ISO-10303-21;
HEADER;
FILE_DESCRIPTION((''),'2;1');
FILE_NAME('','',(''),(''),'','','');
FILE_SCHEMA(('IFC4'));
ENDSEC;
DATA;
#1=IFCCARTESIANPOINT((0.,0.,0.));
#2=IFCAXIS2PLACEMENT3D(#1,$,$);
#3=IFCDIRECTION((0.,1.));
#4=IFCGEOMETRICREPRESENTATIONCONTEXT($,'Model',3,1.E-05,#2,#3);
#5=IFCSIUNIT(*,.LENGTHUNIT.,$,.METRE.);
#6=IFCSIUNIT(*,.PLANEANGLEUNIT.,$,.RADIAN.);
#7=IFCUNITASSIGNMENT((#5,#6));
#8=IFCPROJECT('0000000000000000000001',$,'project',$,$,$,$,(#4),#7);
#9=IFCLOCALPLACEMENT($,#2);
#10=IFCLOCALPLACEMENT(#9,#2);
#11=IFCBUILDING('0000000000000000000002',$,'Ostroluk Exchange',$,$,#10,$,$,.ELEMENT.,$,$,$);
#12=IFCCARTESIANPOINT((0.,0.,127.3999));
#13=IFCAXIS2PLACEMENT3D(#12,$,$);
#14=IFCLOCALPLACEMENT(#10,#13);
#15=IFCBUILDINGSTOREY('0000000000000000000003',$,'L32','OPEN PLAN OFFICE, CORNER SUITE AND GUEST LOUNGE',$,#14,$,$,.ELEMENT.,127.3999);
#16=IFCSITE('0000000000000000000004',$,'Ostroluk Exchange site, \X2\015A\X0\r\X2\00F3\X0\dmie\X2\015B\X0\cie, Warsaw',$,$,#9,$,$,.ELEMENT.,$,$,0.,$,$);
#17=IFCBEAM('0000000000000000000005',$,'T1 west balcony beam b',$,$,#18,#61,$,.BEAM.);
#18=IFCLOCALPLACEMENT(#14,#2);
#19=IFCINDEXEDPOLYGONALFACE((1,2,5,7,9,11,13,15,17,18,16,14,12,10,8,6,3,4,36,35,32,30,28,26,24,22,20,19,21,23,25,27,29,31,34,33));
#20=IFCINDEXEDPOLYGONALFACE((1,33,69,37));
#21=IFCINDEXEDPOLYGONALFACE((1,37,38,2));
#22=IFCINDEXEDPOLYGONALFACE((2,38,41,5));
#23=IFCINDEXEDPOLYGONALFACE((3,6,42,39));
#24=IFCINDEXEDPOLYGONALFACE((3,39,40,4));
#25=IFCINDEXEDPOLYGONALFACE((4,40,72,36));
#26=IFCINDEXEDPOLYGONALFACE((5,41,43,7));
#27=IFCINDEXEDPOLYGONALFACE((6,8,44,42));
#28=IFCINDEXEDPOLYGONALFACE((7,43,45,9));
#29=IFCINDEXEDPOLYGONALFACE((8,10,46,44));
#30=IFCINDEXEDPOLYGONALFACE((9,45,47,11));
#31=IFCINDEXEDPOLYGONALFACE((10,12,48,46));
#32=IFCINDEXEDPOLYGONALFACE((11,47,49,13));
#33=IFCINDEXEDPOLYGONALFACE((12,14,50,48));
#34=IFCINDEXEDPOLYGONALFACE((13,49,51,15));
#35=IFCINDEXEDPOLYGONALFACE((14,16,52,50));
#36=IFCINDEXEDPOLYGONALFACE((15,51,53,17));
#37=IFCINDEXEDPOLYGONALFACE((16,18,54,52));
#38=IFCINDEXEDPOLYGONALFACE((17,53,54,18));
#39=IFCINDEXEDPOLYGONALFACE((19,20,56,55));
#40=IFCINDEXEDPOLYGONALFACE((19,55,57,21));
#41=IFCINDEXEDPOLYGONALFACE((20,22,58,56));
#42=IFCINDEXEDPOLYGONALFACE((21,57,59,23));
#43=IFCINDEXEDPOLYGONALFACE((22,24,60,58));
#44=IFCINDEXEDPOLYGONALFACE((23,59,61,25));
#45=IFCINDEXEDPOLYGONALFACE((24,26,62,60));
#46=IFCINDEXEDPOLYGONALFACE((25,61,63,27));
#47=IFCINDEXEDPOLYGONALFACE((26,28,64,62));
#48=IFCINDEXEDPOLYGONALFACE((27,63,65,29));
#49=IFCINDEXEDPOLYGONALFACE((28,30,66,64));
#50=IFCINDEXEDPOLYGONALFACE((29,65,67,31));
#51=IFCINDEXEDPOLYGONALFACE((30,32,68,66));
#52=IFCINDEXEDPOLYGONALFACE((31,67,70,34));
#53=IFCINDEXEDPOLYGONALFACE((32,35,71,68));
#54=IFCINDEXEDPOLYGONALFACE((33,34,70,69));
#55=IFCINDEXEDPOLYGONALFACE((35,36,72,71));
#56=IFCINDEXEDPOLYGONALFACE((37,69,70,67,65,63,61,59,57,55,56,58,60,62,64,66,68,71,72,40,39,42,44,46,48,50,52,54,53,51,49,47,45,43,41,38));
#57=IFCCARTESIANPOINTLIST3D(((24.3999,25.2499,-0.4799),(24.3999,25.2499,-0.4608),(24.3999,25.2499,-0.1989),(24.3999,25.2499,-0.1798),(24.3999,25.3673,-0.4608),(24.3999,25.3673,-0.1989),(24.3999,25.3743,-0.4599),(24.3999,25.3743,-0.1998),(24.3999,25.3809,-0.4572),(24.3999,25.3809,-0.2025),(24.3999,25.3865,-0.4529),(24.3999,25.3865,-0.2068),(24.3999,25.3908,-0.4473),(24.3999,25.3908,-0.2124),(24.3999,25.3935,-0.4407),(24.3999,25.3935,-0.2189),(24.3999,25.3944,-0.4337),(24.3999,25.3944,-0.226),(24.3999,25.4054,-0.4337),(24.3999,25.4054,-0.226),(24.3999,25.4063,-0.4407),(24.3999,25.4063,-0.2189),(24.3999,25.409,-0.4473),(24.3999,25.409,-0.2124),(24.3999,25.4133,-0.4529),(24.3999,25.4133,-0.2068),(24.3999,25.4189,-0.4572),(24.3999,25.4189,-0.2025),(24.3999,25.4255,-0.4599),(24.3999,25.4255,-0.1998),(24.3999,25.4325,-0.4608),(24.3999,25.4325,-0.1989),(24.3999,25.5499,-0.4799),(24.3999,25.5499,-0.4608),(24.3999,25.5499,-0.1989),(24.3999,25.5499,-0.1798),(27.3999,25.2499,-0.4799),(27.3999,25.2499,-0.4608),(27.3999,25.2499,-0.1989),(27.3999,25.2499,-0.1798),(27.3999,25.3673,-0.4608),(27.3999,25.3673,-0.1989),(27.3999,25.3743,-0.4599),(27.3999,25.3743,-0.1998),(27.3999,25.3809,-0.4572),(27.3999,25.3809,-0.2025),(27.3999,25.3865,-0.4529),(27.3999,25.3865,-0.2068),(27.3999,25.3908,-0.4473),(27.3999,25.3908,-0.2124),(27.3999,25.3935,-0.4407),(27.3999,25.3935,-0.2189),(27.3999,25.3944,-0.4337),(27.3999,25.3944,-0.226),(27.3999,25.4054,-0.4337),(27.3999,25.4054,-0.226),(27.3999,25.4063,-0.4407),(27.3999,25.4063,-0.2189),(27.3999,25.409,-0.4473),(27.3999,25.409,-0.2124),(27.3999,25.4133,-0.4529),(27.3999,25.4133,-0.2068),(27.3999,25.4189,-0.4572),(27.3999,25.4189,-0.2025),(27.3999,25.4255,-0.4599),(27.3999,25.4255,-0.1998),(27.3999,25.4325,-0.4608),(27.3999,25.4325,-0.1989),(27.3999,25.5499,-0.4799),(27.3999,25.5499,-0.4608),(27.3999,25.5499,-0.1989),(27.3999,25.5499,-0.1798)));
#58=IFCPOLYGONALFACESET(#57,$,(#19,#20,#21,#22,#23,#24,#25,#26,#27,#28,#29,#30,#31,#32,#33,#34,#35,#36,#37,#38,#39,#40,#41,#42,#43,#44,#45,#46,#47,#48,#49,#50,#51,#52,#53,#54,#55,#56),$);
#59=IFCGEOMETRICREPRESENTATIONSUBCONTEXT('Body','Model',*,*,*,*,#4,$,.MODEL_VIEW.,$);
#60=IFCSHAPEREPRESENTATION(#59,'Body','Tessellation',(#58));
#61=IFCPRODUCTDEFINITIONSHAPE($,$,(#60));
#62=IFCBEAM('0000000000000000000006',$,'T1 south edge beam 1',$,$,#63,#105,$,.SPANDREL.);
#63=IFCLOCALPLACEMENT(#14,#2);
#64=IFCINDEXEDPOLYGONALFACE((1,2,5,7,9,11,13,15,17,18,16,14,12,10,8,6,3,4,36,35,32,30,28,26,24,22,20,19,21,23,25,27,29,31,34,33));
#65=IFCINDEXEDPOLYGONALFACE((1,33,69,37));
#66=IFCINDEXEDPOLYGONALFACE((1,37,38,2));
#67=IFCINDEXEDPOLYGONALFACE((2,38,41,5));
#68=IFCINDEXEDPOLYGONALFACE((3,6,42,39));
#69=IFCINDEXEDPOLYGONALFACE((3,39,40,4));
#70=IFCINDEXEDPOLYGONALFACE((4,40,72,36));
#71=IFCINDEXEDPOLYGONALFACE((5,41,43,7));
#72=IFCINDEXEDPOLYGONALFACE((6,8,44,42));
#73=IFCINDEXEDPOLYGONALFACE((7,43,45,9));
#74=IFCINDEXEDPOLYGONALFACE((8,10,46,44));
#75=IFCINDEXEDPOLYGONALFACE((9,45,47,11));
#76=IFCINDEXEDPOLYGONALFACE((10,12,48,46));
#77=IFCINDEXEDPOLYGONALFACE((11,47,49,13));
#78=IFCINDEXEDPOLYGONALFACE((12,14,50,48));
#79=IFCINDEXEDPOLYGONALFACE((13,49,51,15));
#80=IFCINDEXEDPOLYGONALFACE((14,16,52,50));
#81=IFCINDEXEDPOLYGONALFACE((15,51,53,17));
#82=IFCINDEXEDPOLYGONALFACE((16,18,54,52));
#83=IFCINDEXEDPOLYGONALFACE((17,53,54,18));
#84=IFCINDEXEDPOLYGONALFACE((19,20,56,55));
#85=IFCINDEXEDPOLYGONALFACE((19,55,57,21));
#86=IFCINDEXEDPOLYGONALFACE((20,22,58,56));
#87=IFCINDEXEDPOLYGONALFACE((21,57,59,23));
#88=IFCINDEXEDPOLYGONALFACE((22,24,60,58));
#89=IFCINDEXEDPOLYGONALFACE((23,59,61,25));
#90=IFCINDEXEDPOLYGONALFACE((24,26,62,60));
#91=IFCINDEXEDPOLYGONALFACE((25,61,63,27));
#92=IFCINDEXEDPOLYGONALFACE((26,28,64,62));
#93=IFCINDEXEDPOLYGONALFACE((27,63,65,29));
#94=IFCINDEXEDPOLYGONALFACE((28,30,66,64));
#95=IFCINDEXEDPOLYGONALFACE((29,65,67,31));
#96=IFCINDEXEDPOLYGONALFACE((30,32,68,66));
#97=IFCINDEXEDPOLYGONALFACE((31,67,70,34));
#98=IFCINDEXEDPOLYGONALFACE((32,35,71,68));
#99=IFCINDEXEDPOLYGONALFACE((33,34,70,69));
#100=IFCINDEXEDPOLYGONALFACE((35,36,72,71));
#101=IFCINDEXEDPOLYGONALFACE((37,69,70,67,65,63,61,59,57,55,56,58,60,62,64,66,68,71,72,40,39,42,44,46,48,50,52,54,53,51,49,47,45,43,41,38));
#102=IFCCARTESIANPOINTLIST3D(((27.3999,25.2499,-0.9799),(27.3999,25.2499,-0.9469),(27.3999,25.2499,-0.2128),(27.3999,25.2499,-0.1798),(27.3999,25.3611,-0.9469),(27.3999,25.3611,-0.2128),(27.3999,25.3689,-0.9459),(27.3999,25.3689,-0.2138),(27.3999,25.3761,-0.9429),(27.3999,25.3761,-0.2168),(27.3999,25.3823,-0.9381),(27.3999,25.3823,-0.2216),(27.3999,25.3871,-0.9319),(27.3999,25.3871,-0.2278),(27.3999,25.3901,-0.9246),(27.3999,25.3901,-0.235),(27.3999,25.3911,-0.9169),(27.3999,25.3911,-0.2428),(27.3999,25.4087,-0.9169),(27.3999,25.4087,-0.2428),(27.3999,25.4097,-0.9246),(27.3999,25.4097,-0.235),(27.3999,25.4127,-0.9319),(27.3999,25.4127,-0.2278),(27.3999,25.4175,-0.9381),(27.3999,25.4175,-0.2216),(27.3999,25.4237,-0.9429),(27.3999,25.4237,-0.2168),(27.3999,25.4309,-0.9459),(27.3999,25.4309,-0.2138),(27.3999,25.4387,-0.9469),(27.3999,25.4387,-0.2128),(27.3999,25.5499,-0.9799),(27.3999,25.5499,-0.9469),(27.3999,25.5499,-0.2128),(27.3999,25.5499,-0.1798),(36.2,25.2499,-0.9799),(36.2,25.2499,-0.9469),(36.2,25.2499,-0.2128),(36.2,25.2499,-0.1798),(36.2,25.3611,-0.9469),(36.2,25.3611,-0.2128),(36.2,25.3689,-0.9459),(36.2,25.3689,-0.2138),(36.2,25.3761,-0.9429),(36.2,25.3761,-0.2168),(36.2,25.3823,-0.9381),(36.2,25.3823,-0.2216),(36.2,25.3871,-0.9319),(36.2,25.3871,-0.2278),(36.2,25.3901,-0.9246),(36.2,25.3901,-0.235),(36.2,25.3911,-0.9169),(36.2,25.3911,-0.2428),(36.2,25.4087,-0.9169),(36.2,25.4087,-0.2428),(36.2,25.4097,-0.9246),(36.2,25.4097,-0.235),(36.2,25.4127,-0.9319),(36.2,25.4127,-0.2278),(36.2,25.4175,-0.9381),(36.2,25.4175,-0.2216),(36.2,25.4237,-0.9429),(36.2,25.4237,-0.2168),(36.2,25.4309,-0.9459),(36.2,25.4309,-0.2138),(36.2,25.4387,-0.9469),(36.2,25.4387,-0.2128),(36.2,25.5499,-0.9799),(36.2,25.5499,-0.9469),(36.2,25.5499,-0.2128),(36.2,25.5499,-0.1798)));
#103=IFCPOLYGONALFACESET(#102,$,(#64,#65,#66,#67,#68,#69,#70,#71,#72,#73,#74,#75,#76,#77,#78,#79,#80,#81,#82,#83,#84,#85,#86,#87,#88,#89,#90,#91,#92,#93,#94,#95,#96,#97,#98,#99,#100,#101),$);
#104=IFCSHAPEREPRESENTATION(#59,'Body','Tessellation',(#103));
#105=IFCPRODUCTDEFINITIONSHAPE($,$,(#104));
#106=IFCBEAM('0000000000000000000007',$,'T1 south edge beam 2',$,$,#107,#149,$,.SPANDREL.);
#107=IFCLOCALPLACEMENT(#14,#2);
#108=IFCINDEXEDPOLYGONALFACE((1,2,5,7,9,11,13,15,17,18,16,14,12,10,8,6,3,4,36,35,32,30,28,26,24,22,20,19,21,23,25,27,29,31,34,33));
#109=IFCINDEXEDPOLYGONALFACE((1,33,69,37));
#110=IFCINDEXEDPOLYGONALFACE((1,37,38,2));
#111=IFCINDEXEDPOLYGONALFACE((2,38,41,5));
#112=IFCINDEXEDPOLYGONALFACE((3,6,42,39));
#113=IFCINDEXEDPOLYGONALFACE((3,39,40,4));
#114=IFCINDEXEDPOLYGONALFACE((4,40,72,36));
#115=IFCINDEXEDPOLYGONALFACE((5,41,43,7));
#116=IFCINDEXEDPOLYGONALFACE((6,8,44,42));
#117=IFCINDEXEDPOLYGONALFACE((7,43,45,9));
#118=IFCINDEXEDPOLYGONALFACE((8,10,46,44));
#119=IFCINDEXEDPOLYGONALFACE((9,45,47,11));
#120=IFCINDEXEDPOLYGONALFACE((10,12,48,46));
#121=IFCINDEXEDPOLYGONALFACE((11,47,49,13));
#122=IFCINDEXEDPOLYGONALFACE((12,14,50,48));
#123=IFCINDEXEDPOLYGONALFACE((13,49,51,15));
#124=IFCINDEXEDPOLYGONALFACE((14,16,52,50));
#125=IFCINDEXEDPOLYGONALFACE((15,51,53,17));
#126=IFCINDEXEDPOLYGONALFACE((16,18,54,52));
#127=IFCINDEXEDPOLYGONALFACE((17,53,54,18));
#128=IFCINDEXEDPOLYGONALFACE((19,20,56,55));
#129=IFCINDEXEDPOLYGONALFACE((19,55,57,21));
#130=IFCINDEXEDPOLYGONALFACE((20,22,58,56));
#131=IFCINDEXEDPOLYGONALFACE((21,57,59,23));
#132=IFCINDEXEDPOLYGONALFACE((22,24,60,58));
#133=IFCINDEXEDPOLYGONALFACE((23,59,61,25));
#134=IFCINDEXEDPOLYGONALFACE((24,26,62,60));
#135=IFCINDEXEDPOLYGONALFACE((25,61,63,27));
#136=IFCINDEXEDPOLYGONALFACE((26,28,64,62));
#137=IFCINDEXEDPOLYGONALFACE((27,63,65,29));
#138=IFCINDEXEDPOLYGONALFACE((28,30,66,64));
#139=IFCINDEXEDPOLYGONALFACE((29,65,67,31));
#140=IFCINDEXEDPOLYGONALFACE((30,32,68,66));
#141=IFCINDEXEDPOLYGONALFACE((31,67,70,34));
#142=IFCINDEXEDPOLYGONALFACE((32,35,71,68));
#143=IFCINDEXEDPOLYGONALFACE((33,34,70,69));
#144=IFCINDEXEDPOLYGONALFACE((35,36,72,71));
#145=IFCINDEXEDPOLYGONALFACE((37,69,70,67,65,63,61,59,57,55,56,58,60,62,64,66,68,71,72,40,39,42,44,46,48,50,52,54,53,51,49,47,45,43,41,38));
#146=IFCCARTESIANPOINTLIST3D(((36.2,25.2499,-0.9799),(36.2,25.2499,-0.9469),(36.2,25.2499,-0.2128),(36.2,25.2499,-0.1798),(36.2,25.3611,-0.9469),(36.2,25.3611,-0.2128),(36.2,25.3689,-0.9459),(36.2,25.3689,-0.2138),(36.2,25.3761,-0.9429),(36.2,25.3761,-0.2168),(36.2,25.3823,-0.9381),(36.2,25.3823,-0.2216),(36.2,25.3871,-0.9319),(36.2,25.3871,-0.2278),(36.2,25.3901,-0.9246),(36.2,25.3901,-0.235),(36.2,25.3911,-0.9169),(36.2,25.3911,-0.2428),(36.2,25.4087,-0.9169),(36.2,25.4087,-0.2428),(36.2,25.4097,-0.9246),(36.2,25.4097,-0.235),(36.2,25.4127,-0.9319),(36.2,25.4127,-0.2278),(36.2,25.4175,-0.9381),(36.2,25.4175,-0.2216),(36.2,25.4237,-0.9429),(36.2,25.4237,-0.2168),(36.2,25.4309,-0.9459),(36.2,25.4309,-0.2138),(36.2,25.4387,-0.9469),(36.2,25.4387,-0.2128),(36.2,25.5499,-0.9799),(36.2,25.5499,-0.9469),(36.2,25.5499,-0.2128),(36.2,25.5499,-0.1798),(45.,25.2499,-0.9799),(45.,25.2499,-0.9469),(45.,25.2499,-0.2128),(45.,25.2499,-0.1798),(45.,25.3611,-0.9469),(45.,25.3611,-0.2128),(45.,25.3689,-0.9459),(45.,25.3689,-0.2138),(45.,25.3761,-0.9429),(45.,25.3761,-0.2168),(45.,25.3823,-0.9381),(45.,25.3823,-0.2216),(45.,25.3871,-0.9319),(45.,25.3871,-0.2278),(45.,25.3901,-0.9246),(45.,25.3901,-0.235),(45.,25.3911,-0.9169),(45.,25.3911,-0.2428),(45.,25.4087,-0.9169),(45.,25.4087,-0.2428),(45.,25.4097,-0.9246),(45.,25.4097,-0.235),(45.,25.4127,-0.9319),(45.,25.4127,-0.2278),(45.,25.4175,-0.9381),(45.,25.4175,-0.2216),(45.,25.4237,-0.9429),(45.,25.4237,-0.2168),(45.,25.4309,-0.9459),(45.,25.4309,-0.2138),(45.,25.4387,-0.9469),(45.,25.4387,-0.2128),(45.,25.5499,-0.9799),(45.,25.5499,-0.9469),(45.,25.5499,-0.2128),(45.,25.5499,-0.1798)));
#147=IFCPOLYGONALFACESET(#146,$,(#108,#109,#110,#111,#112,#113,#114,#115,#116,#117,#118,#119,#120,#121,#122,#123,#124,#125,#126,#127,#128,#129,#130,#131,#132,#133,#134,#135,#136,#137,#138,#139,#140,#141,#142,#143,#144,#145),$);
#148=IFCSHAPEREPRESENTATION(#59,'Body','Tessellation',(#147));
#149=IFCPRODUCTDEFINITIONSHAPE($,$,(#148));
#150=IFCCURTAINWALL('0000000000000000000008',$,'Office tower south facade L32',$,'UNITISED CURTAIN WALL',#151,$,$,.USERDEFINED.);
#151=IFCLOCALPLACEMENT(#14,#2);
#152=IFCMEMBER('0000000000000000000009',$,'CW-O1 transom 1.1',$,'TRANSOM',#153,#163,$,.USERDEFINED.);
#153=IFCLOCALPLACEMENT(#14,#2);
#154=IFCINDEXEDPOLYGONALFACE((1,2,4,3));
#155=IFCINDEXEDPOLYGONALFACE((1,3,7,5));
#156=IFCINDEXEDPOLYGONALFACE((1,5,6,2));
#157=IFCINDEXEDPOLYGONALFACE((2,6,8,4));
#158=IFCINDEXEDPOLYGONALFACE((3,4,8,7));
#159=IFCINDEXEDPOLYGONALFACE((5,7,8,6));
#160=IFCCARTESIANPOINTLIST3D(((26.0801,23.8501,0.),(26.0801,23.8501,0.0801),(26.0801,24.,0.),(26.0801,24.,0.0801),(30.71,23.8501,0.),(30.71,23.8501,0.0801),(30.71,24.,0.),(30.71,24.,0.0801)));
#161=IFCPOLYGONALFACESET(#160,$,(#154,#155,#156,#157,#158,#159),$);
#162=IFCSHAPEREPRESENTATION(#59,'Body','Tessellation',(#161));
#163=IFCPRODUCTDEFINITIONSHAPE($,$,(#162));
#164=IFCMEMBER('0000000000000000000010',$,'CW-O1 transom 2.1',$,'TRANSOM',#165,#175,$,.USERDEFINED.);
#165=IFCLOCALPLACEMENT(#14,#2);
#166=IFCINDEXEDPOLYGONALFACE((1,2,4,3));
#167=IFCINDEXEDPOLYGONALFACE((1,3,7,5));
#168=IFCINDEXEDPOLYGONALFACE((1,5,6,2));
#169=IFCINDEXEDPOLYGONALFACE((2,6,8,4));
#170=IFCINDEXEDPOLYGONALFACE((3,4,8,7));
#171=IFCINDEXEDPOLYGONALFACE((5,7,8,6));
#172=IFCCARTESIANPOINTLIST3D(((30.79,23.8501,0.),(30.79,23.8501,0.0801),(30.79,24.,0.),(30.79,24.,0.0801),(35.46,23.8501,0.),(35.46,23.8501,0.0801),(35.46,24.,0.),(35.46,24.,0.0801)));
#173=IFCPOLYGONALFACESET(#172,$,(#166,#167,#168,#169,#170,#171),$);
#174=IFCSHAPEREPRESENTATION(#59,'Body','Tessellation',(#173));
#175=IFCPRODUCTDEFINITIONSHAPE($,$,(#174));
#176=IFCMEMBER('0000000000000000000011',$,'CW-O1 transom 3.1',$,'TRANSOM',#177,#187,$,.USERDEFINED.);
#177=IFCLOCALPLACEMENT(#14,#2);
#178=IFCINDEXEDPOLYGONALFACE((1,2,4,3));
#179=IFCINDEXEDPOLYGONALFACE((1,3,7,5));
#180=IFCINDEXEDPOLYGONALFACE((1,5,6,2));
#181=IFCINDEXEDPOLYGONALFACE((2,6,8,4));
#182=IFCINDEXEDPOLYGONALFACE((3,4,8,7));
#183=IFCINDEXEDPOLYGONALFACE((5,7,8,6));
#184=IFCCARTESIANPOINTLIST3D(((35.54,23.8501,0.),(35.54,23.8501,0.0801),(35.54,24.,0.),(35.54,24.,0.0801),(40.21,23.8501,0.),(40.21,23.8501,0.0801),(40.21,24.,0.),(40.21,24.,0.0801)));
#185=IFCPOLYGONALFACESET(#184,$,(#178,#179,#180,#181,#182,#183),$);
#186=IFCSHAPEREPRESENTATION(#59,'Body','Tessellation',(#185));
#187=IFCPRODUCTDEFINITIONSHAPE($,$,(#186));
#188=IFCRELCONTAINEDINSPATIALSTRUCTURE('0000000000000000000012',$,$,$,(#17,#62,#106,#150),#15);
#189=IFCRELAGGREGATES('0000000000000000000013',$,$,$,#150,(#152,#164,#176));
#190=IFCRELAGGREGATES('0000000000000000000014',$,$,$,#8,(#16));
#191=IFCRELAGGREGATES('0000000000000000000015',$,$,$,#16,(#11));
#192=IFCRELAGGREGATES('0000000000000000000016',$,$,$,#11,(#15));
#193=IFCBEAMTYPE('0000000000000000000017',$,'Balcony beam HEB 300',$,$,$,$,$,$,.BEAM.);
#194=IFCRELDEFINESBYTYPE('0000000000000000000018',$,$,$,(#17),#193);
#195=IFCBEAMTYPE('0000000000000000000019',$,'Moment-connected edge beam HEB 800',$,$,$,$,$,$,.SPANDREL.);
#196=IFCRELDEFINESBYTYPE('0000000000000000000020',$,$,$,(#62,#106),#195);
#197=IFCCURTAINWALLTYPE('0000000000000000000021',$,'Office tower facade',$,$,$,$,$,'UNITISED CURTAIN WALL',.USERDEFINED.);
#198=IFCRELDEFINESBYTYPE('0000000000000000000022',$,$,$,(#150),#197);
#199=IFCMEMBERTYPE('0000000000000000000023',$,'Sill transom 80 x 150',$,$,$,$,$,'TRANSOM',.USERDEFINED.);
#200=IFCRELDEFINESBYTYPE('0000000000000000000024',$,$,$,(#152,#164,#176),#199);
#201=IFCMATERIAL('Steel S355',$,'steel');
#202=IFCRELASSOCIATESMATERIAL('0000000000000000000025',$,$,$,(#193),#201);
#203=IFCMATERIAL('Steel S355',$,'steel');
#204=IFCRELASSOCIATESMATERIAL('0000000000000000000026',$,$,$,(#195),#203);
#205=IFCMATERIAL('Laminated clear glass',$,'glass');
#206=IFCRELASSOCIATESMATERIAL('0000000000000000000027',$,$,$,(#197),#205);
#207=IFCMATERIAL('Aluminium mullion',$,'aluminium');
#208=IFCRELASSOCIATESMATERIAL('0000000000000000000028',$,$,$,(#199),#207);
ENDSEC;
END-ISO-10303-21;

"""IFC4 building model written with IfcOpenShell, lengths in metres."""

from ifc_helpers import new_model, si_unit, direction, frame, origin, origin_2d, place, context, subcontext, project, spatial, rectangle, i_section, extrude, material, material_profile, profile_set, type_object, element, aggregate, save


model = new_model("IFC4")

# Units and contexts
model_context = context("Model", 3, precision=1e-05, world=origin(), true_north=direction((0.0, 1.0)))
body_context = subcontext(model_context, "Body", "Model", "MODEL_VIEW")
ifc_project = project(units=[si_unit("LENGTHUNIT", "METRE"), si_unit("PLANEANGLEUNIT", "RADIAN")], contexts=[model_context])

# Site, building, storey
site_placement = place(None, origin())
site = spatial("IfcSite", under=ifc_project, at=site_placement, Name="Ostroluk Exchange site, Śródmieście, Warsaw", CompositionType="ELEMENT", RefElevation=0.0)
building_placement = place(site_placement, origin())
building = spatial("IfcBuilding", under=site, at=building_placement, Name="Ostroluk Exchange", CompositionType="ELEMENT")
storey_placement = place(building_placement, frame((0.0, 0.0, 127.3999)))
storey = spatial("IfcBuildingStorey", under=building, at=storey_placement, Name="L32", Description="OPEN PLAN OFFICE, CORNER SUITE AND GUEST LOUNGE", CompositionType="ELEMENT", Elevation=127.3999)

# Beams
ifc_material_1 = material(Name="Steel S355", Category="steel")
ifc_material_profile_1 = material_profile(ifc_material_1, i_section(OverallWidth=0.3, OverallDepth=0.3, WebThickness=0.011, FlangeThickness=0.019, FilletRadius=0.0271, at=origin_2d()), Name="HEB 300")
ifc_profile_set_1 = profile_set([ifc_material_profile_1], Name="Steel S355")
beam_type_1 = type_object("IfcBeamType", Name="Balcony beam HEB 300", PredefinedType="BEAM", material=ifc_profile_set_1)
beam_placement = place(storey_placement, frame((27.3999, 25.3999, -0.3298), z_axis=(-1.0, 0.0, 0.0), x_axis=(0.0, -1.0, 0.0)))
element("IfcBeam", 1, at=beam_placement, inside=storey, type_object=beam_type_1, Name="T1 west balcony beam b", PredefinedType="BEAM", context=body_context, shape_type="SweptSolid", body=[
    extrude(i_section(OverallWidth=0.3, OverallDepth=0.3, WebThickness=0.011, FlangeThickness=0.019, FilletRadius=0.0271, at=origin_2d()), origin(), (0.0, 0.0, 1.0), 3.0),
])
ifc_material_2 = material(Name="Steel S355", Category="steel")
ifc_material_profile_2 = material_profile(ifc_material_2, i_section(OverallWidth=0.3, OverallDepth=0.8, WebThickness=0.0176, FlangeThickness=0.033, FilletRadius=0.03, at=origin_2d()), Name="HEB 800")
ifc_profile_set_2 = profile_set([ifc_material_profile_2], Name="Steel S355")
beam_type_2 = type_object("IfcBeamType", Name="Moment-connected edge beam HEB 800", PredefinedType="SPANDREL", material=ifc_profile_set_2)
for number, where, z_axis, x_axis, name in (
    (2, (27.3999, 25.3999, -0.5798), (1.0, 0.0, 0.0), (0.0, 1.0, 0.0), "T1 south edge beam 1"),
    (3, (36.2, 25.3999, -0.5798), (1.0, 0.0, 0.0), (0.0, 1.0, 0.0), "T1 south edge beam 2"),
):
    element("IfcBeam", number, at=place(storey_placement, frame(where, z_axis=z_axis, x_axis=x_axis)), inside=storey, type_object=beam_type_2, Name=name, PredefinedType="SPANDREL", context=body_context, shape_type="SweptSolid", body=[
        extrude(i_section(OverallWidth=0.3, OverallDepth=0.8, WebThickness=0.0176, FlangeThickness=0.033, FilletRadius=0.03, at=origin_2d()), origin(), (0.0, 0.0, 1.0), 8.8),
    ])

# Curtain wall, members
ifc_material_3 = material(Name="Laminated clear glass", Category="glass")
curtain_wall_type = type_object("IfcCurtainWallType", Name="Office tower facade", ElementType="UNITISED CURTAIN WALL", PredefinedType="USERDEFINED", material=ifc_material_3)
curtain_wall_placement = place(storey_placement, origin())
curtain_wall = element("IfcCurtainWall", 4, at=curtain_wall_placement, inside=storey, type_object=curtain_wall_type, Name="Office tower south facade L32", ObjectType="UNITISED CURTAIN WALL", PredefinedType="USERDEFINED")
ifc_material_4 = material(Name="Aluminium mullion", Category="aluminium")
ifc_material_profile_3 = material_profile(ifc_material_4, rectangle(XDim=0.1499, YDim=0.0801, at=origin_2d()), Name="Sill transom 80 x 150")
ifc_profile_set_3 = profile_set([ifc_material_profile_3], Name="Aluminium mullion")
member_type_1 = type_object("IfcMemberType", Name="Sill transom 80 x 150", ElementType="TRANSOM", PredefinedType="USERDEFINED", material=ifc_profile_set_3)
member_1_placement = place(storey_placement, frame((26.0801, 23.925, 0.04), z_axis=(1.0, 0.0, 0.0), x_axis=(0.0, 1.0, 0.0)))
member_1 = element("IfcMember", 5, at=member_1_placement, type_object=member_type_1, Name="CW-O1 transom 1.1", ObjectType="TRANSOM", PredefinedType="USERDEFINED", context=body_context, shape_type="SweptSolid", body=[
    extrude(rectangle(XDim=0.1499, YDim=0.0801, at=origin_2d()), origin(), (0.0, 0.0, 1.0), 4.6299),
])
member_2_placement = place(storey_placement, frame((30.79, 23.925, 0.04), z_axis=(1.0, 0.0, 0.0), x_axis=(0.0, 1.0, 0.0)))
member_2 = element("IfcMember", 6, at=member_2_placement, type_object=member_type_1, Name="CW-O1 transom 2.1", ObjectType="TRANSOM", PredefinedType="USERDEFINED", context=body_context, shape_type="SweptSolid", body=[
    extrude(rectangle(XDim=0.1499, YDim=0.0801, at=origin_2d()), origin(), (0.0, 0.0, 1.0), 4.6699),
])
member_3_placement = place(storey_placement, frame((35.54, 23.925, 0.04), z_axis=(1.0, 0.0, 0.0), x_axis=(0.0, 1.0, 0.0)))
member_3 = element("IfcMember", 7, at=member_3_placement, type_object=member_type_1, Name="CW-O1 transom 3.1", ObjectType="TRANSOM", PredefinedType="USERDEFINED", context=body_context, shape_type="SweptSolid", body=[
    extrude(rectangle(XDim=0.1499, YDim=0.0801, at=origin_2d()), origin(), (0.0, 0.0, 1.0), 4.6699),
])

aggregate(curtain_wall, [member_1, member_2, member_3])

save(model, "model.ifc")
